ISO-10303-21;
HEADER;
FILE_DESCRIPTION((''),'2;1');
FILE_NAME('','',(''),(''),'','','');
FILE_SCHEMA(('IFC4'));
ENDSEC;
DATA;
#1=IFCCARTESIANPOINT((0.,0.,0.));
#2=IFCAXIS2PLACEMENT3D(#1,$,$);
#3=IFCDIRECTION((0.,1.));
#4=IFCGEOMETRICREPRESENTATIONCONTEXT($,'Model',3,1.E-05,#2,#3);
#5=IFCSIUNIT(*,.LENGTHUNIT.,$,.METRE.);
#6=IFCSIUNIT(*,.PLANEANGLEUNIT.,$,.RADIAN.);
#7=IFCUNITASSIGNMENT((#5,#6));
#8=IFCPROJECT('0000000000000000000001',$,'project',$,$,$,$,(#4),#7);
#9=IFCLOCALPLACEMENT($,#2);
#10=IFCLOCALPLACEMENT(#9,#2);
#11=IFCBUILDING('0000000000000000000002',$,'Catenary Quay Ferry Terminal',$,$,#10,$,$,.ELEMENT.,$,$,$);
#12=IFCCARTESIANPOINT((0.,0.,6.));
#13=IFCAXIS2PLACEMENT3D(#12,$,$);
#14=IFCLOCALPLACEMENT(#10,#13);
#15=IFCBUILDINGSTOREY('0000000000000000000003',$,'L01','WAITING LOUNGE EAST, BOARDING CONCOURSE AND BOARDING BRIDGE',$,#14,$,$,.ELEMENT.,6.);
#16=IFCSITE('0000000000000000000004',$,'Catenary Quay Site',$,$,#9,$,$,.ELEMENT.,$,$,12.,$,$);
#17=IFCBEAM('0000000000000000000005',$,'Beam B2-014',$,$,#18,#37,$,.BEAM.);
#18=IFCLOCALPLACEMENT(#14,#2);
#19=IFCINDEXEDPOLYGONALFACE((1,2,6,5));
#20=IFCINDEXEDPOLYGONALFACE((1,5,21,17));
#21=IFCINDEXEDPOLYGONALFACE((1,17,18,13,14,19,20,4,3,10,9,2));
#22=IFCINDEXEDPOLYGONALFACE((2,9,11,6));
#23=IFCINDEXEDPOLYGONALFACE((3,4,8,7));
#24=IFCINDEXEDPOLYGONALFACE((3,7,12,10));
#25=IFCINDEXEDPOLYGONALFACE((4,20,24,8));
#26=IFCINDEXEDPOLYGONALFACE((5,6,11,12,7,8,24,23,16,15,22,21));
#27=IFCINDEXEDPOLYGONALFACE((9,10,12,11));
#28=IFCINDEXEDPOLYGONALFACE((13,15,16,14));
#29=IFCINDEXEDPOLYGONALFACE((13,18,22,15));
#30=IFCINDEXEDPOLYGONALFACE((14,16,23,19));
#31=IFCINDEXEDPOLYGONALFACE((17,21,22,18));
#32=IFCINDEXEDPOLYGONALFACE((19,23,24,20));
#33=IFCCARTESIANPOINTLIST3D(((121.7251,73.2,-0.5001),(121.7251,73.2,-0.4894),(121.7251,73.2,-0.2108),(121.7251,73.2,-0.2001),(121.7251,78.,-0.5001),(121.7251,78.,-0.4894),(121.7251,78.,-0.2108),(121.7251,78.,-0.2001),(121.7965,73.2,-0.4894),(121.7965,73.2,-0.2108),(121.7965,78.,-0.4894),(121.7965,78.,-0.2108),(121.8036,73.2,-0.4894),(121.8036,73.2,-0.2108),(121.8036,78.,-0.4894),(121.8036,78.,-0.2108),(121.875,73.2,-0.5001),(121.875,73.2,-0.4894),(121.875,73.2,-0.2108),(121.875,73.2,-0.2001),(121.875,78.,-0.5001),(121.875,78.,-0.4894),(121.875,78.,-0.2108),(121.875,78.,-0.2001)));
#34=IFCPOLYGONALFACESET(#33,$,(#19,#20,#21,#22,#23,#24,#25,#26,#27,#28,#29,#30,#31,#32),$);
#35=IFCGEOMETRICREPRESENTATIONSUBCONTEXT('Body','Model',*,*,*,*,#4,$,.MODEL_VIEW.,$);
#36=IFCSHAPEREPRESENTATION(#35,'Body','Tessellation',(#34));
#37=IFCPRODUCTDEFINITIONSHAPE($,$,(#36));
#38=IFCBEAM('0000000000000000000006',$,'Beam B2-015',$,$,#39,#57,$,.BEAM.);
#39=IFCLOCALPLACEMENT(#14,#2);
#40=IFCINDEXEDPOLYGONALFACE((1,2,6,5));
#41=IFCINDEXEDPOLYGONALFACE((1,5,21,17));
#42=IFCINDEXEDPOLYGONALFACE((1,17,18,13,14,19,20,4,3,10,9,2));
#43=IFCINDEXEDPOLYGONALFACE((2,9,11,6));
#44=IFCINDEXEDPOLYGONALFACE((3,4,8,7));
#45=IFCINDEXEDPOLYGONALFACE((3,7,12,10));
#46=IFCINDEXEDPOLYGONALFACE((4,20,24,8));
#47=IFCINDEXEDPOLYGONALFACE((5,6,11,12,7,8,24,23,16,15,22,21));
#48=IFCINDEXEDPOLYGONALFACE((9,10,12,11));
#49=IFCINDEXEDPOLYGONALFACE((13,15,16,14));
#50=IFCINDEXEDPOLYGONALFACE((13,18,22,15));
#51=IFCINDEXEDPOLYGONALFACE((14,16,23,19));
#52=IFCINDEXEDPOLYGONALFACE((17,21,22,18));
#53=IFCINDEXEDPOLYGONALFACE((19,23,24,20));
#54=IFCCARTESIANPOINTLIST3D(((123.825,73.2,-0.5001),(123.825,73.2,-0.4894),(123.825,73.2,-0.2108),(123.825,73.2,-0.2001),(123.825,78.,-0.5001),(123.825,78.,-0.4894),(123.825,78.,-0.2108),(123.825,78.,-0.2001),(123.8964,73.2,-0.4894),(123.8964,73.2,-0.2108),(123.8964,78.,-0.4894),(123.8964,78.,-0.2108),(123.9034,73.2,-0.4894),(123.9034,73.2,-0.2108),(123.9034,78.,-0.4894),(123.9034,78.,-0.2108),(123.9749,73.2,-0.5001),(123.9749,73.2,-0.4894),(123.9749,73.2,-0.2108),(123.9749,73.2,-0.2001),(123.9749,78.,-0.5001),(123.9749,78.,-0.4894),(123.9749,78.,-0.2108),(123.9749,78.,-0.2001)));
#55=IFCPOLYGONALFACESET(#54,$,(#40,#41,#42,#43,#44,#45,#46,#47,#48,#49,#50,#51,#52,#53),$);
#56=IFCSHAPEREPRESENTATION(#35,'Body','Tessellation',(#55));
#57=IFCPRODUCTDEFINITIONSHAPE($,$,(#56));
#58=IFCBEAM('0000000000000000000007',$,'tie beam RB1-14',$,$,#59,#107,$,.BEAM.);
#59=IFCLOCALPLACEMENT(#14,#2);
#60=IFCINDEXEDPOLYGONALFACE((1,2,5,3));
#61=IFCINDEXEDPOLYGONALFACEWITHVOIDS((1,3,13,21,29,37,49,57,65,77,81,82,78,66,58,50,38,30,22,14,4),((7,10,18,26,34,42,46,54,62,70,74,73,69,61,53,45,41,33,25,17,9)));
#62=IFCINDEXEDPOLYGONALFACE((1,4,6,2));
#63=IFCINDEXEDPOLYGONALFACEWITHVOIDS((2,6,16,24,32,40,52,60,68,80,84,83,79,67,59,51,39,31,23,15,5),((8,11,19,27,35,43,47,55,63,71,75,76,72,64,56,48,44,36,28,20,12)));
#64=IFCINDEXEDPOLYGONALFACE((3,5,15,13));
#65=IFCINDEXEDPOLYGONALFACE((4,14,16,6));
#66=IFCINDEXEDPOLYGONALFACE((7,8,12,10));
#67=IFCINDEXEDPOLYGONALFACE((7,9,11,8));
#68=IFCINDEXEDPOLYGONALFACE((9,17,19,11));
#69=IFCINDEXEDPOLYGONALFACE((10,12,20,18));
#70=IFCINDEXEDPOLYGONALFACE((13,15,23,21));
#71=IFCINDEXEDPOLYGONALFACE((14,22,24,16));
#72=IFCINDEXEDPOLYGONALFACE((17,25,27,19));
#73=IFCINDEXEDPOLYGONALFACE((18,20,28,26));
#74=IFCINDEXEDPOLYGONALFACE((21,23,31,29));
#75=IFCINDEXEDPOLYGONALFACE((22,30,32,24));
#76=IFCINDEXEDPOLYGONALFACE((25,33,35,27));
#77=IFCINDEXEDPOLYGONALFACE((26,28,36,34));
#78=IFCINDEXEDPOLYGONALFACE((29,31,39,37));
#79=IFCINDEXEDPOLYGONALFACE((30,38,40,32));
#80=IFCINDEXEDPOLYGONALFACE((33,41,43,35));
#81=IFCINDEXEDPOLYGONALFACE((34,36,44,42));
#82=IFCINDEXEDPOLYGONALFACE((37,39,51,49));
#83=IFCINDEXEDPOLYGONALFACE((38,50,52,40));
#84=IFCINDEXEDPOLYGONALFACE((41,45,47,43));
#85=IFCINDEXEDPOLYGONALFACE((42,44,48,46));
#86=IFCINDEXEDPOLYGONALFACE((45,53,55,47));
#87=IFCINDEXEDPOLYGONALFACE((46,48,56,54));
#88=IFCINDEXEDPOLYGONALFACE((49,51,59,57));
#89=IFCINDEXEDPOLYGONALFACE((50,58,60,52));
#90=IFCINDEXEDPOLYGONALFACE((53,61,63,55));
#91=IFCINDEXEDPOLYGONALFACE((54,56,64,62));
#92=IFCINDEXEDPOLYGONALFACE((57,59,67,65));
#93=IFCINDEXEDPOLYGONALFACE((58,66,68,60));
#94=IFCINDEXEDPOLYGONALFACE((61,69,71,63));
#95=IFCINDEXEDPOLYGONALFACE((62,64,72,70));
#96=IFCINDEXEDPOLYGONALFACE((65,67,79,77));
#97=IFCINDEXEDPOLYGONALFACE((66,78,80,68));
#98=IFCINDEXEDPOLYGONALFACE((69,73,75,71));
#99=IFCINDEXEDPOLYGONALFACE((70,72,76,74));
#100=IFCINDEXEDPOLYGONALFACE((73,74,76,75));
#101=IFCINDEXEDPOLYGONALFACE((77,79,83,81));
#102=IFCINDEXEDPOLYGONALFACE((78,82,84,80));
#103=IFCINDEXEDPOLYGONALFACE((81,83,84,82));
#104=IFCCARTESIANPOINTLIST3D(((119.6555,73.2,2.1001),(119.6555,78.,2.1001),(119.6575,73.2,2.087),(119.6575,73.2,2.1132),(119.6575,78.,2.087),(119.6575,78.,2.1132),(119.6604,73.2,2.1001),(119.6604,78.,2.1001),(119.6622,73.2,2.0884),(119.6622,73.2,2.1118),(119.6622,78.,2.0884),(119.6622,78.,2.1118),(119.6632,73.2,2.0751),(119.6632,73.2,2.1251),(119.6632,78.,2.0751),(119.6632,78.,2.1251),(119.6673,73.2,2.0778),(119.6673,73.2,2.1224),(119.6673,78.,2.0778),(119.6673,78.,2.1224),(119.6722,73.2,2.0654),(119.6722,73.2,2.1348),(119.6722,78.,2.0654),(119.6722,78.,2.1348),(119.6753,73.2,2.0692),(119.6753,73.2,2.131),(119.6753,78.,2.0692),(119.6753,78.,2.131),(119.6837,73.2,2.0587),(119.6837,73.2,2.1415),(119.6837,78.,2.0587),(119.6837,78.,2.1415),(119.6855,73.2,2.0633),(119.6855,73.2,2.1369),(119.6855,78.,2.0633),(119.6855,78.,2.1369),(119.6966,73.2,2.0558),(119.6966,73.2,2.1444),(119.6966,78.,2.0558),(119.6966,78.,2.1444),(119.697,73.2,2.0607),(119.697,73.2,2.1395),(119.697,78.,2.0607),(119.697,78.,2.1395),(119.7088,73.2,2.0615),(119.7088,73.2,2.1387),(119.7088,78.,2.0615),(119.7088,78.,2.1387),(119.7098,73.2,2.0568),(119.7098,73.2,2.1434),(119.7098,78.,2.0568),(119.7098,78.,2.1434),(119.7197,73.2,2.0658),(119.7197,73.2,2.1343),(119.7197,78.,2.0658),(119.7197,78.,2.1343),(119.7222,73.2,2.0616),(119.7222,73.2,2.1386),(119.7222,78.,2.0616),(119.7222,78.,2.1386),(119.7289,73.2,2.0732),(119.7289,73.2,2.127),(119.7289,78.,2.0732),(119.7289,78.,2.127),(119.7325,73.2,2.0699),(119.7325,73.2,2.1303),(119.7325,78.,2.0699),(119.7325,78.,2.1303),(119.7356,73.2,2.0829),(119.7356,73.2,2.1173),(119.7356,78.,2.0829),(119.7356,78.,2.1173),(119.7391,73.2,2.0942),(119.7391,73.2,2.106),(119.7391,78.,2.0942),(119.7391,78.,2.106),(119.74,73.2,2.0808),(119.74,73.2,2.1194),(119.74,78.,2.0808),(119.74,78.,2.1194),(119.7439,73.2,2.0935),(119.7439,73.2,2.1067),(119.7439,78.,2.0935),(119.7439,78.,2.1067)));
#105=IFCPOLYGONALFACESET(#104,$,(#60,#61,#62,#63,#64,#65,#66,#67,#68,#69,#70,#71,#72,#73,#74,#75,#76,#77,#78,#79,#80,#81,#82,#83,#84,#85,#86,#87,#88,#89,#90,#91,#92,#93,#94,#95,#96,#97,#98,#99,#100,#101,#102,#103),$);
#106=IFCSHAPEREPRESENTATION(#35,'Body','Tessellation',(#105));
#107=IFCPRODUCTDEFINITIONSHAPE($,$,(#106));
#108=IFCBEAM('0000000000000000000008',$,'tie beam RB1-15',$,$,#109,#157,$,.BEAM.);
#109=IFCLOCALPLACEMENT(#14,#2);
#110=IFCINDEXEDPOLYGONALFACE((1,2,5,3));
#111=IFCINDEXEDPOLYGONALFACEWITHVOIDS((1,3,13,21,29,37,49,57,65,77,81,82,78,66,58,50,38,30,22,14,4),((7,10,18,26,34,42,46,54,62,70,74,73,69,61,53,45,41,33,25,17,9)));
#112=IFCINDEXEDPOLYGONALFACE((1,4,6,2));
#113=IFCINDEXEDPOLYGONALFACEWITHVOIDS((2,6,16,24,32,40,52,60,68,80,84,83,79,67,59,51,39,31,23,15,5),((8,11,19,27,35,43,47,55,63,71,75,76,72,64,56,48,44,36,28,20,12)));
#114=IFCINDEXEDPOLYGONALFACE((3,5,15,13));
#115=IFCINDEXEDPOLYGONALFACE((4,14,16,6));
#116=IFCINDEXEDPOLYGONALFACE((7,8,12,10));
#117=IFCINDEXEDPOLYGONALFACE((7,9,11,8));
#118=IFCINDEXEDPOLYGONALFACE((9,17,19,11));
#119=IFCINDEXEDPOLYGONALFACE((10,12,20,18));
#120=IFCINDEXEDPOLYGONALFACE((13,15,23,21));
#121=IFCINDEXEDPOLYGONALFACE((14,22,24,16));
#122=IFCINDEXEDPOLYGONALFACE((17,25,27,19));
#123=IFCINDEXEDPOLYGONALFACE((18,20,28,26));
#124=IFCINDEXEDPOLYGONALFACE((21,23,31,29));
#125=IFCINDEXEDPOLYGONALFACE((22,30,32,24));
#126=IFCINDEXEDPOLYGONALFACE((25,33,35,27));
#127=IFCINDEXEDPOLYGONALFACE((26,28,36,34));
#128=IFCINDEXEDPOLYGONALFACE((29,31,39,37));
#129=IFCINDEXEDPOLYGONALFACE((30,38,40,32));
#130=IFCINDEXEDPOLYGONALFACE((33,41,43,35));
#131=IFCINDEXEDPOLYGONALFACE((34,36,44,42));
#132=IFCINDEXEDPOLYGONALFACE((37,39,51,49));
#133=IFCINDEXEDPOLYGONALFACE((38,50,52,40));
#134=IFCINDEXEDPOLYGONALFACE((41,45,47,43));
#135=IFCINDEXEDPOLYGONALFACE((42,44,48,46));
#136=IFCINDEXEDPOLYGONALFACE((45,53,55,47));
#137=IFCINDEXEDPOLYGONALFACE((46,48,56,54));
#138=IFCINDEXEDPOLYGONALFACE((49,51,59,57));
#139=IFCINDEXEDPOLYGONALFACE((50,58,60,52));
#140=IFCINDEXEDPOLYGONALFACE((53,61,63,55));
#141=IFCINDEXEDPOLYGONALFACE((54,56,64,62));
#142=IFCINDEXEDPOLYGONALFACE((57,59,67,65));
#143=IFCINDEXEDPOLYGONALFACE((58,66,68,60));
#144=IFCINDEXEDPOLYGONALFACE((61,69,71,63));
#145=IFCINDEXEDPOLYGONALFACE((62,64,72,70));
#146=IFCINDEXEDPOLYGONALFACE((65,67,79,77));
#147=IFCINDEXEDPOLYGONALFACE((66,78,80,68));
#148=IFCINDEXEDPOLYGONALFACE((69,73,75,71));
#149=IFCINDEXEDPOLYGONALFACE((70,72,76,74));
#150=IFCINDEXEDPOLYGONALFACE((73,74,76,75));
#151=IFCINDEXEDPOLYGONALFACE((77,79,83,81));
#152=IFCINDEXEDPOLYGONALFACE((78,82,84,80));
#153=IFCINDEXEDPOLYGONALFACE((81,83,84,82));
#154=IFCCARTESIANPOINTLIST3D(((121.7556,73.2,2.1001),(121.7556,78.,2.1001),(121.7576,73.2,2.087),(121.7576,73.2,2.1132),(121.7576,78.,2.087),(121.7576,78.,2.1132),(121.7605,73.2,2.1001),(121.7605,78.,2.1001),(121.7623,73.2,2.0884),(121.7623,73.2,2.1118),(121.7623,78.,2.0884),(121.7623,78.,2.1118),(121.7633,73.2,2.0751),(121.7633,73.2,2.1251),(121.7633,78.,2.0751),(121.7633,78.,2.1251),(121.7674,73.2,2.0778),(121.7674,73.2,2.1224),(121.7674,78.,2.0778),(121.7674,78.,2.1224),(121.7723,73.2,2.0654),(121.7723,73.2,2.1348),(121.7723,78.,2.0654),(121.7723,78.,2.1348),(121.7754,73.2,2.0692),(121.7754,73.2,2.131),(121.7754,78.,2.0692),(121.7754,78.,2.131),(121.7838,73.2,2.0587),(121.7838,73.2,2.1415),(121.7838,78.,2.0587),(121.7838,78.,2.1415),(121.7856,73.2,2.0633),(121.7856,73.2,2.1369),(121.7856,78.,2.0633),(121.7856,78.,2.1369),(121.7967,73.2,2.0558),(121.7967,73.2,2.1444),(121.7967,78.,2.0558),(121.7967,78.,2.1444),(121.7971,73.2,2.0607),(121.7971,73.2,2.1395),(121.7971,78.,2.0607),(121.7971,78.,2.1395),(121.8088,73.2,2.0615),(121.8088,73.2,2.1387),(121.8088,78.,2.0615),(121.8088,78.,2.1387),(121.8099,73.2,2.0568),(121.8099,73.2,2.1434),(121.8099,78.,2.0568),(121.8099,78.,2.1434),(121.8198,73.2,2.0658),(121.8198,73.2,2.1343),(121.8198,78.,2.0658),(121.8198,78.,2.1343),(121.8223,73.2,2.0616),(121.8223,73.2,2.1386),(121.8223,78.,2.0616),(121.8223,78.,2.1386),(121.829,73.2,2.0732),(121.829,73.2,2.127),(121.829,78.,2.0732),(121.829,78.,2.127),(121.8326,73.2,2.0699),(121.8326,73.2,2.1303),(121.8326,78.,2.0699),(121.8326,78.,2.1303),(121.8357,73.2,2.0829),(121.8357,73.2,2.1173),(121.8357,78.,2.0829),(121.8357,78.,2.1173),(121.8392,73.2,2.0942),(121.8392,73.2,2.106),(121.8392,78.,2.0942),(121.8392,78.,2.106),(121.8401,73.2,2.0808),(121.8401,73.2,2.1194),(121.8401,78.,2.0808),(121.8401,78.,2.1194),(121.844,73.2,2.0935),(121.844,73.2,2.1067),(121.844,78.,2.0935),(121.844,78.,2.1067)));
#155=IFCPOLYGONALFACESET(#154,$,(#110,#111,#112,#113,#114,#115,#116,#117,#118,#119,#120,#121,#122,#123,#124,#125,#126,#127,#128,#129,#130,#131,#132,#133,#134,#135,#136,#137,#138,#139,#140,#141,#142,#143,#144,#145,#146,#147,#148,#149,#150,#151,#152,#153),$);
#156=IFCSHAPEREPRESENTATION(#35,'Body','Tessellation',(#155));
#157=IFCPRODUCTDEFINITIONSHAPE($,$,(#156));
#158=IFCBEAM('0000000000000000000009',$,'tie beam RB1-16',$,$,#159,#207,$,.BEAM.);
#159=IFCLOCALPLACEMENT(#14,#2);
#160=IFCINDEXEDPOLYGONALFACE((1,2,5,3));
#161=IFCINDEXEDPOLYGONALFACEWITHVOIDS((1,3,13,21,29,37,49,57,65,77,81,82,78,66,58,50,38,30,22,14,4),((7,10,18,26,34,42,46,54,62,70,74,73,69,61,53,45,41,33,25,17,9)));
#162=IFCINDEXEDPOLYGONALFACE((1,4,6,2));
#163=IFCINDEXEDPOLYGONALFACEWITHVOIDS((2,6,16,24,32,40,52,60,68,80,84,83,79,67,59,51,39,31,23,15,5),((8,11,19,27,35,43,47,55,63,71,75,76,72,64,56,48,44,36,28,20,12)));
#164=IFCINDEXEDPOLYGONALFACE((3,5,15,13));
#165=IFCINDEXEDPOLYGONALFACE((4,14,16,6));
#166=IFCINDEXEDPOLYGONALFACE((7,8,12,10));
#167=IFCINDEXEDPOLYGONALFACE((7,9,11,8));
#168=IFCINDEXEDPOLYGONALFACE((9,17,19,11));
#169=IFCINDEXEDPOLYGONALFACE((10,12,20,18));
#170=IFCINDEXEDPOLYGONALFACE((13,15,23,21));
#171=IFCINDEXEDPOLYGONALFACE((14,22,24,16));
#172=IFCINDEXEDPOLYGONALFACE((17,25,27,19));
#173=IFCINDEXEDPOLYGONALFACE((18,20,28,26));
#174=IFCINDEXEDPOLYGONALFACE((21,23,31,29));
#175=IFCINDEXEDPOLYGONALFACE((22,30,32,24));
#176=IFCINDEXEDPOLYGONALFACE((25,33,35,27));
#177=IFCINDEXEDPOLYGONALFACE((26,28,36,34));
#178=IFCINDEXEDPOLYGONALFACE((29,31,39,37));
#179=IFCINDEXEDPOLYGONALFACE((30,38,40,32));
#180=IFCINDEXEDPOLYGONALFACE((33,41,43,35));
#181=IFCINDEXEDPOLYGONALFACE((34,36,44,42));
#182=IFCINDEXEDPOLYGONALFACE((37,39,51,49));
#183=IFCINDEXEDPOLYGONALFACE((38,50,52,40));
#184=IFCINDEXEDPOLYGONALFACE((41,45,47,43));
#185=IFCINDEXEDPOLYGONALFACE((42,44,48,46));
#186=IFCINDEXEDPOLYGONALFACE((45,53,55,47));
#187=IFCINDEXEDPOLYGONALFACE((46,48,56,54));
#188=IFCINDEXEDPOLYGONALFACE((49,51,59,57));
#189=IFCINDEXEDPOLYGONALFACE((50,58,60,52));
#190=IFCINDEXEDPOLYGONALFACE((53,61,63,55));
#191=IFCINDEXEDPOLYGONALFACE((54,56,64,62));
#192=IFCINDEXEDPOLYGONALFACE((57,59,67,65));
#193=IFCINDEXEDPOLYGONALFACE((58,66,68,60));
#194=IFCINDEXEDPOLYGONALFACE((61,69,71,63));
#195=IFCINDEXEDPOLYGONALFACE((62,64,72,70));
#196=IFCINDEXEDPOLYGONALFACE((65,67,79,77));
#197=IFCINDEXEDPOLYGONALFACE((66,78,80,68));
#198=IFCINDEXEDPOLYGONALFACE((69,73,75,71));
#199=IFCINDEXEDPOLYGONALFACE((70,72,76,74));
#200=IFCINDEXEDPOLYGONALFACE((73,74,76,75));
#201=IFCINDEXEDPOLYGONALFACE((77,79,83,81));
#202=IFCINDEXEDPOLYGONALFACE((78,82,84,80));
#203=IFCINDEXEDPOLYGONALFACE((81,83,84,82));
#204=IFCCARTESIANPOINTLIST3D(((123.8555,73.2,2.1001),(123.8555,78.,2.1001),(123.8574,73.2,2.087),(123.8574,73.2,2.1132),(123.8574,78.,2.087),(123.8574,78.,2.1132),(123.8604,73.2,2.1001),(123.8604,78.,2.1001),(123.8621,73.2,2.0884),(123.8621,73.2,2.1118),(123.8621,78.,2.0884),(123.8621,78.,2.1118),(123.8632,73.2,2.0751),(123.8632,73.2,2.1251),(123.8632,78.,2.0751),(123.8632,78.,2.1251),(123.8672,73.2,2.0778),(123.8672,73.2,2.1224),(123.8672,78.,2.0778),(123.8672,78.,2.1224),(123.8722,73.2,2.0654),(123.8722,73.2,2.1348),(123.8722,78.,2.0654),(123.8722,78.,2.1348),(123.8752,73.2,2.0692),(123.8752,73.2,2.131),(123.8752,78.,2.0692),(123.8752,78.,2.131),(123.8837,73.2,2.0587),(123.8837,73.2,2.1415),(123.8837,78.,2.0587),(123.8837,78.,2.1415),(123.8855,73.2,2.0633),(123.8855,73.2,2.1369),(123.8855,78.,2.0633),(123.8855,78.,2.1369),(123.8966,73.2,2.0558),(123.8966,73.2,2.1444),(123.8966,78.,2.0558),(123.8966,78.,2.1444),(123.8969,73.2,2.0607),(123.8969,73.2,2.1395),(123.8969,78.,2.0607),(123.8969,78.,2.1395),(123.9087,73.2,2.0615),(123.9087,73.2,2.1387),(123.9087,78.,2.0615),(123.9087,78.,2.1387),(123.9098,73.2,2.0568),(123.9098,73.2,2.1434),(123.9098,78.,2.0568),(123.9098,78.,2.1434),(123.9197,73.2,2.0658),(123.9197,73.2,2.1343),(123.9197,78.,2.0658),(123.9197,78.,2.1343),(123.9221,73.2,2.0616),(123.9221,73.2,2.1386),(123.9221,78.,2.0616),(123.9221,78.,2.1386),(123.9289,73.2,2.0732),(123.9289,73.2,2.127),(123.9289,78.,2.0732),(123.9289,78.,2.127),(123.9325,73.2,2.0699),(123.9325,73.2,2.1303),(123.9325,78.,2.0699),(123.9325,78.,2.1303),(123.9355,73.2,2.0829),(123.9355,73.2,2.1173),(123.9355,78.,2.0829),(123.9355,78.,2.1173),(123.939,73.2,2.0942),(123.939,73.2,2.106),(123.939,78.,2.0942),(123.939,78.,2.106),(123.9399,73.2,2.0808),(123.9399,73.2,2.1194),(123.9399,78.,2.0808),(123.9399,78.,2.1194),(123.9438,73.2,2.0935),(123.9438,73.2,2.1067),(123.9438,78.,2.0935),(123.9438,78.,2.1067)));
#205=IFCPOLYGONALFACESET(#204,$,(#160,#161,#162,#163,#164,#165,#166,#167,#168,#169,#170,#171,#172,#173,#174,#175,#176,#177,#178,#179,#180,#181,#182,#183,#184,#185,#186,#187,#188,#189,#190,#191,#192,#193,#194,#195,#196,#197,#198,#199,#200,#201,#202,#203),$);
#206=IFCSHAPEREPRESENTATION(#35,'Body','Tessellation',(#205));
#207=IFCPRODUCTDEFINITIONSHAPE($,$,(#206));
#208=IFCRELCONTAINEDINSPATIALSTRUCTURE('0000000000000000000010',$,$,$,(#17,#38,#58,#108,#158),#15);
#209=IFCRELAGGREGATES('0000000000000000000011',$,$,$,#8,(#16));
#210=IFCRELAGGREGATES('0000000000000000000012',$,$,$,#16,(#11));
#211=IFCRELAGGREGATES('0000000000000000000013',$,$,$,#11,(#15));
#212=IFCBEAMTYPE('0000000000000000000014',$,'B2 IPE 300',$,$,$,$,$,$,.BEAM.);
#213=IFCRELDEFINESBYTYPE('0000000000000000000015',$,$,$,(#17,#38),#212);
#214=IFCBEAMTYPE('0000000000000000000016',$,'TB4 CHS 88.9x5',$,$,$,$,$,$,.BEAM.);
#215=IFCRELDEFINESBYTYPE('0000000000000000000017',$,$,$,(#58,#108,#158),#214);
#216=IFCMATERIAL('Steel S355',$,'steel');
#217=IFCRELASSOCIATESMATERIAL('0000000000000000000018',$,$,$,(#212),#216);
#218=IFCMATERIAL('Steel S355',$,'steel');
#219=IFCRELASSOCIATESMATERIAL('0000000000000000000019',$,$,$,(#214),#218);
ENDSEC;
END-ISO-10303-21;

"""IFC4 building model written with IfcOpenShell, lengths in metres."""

from ifc_helpers import new_model, si_unit, direction, frame, origin, origin_2d, place, context, subcontext, project, spatial, hollow_circle, i_section, extrude, material, material_profile, profile_set, type_object, element, save


model = new_model("IFC4")

# Units and contexts
model_context = context("Model", 3, precision=1e-05, world=origin(), true_north=direction((0.0, 1.0)))
body_context = subcontext(model_context, "Body", "Model", "MODEL_VIEW")
ifc_project = project(units=[si_unit("LENGTHUNIT", "METRE"), si_unit("PLANEANGLEUNIT", "RADIAN")], contexts=[model_context])

# Site, building, storey
site_placement = place(None, origin())
site = spatial("IfcSite", under=ifc_project, at=site_placement, Name="Catenary Quay Site", CompositionType="ELEMENT", RefElevation=12.0)
building_placement = place(site_placement, origin())
building = spatial("IfcBuilding", under=site, at=building_placement, Name="Catenary Quay Ferry Terminal", CompositionType="ELEMENT")
storey_placement = place(building_placement, frame((0.0, 0.0, 6.0)))
storey = spatial("IfcBuildingStorey", under=building, at=storey_placement, Name="L01", Description="WAITING LOUNGE EAST, BOARDING CONCOURSE AND BOARDING BRIDGE", CompositionType="ELEMENT", Elevation=6.0)

# Beams
ifc_material_1 = material(Name="Steel S355", Category="steel")
ifc_material_profile_1 = material_profile(ifc_material_1, i_section(OverallWidth=0.1499, OverallDepth=0.3, WebThickness=0.0071, FlangeThickness=0.0107, at=origin_2d()), Name="IPE 300")
ifc_profile_set_1 = profile_set([ifc_material_profile_1], Name="Steel S355")
beam_type_1 = type_object("IfcBeamType", Name="B2 IPE 300", PredefinedType="BEAM", material=ifc_profile_set_1)
for number, where, z_axis, x_axis, name in (
    (1, (121.8, 73.2, -0.3501), (0.0, 1.0, 0.0), (-1.0, 0.0, 0.0), "Beam B2-014"),
    (2, (123.8999, 73.2, -0.3501), (0.0, 1.0, 0.0), (-1.0, 0.0, 0.0), "Beam B2-015"),
):
    element("IfcBeam", number, at=place(storey_placement, frame(where, z_axis=z_axis, x_axis=x_axis)), inside=storey, type_object=beam_type_1, Name=name, PredefinedType="BEAM", context=body_context, shape_type="SweptSolid", body=[
        extrude(i_section(OverallWidth=0.1499, OverallDepth=0.3, WebThickness=0.0071, FlangeThickness=0.0107, at=origin_2d()), origin(), (0.0, 0.0, 1.0), 4.8),
    ])
ifc_material_2 = material(Name="Steel S355", Category="steel")
ifc_material_profile_2 = material_profile(ifc_material_2, hollow_circle(Radius=0.0444, WallThickness=0.0049, at=origin_2d()), Name="CHS 88.9x5")
ifc_profile_set_2 = profile_set([ifc_material_profile_2], Name="Steel S355")
beam_type_2 = type_object("IfcBeamType", Name="TB4 CHS 88.9x5", PredefinedType="BEAM", material=ifc_profile_set_2)
for number, where, z_axis, x_axis, name in (
    (3, (119.7, 73.2, 2.1001), (0.0, 1.0, 0.0), (-1.0, 0.0, 0.0), "tie beam RB1-14"),
    (4, (121.8, 73.2, 2.1001), (0.0, 1.0, 0.0), (-1.0, 0.0, 0.0), "tie beam RB1-15"),
    (5, (123.8999, 73.2, 2.1001), (0.0, 1.0, 0.0), (-1.0, 0.0, 0.0), "tie beam RB1-16"),
):
    element("IfcBeam", number, at=place(storey_placement, frame(where, z_axis=z_axis, x_axis=x_axis)), inside=storey, type_object=beam_type_2, Name=name, PredefinedType="BEAM", context=body_context, shape_type="SweptSolid", body=[
        extrude(hollow_circle(Radius=0.0444, WallThickness=0.0049, at=origin_2d()), origin(), (0.0, 0.0, 1.0), 4.8),
    ])

save(model, "model.ifc")
